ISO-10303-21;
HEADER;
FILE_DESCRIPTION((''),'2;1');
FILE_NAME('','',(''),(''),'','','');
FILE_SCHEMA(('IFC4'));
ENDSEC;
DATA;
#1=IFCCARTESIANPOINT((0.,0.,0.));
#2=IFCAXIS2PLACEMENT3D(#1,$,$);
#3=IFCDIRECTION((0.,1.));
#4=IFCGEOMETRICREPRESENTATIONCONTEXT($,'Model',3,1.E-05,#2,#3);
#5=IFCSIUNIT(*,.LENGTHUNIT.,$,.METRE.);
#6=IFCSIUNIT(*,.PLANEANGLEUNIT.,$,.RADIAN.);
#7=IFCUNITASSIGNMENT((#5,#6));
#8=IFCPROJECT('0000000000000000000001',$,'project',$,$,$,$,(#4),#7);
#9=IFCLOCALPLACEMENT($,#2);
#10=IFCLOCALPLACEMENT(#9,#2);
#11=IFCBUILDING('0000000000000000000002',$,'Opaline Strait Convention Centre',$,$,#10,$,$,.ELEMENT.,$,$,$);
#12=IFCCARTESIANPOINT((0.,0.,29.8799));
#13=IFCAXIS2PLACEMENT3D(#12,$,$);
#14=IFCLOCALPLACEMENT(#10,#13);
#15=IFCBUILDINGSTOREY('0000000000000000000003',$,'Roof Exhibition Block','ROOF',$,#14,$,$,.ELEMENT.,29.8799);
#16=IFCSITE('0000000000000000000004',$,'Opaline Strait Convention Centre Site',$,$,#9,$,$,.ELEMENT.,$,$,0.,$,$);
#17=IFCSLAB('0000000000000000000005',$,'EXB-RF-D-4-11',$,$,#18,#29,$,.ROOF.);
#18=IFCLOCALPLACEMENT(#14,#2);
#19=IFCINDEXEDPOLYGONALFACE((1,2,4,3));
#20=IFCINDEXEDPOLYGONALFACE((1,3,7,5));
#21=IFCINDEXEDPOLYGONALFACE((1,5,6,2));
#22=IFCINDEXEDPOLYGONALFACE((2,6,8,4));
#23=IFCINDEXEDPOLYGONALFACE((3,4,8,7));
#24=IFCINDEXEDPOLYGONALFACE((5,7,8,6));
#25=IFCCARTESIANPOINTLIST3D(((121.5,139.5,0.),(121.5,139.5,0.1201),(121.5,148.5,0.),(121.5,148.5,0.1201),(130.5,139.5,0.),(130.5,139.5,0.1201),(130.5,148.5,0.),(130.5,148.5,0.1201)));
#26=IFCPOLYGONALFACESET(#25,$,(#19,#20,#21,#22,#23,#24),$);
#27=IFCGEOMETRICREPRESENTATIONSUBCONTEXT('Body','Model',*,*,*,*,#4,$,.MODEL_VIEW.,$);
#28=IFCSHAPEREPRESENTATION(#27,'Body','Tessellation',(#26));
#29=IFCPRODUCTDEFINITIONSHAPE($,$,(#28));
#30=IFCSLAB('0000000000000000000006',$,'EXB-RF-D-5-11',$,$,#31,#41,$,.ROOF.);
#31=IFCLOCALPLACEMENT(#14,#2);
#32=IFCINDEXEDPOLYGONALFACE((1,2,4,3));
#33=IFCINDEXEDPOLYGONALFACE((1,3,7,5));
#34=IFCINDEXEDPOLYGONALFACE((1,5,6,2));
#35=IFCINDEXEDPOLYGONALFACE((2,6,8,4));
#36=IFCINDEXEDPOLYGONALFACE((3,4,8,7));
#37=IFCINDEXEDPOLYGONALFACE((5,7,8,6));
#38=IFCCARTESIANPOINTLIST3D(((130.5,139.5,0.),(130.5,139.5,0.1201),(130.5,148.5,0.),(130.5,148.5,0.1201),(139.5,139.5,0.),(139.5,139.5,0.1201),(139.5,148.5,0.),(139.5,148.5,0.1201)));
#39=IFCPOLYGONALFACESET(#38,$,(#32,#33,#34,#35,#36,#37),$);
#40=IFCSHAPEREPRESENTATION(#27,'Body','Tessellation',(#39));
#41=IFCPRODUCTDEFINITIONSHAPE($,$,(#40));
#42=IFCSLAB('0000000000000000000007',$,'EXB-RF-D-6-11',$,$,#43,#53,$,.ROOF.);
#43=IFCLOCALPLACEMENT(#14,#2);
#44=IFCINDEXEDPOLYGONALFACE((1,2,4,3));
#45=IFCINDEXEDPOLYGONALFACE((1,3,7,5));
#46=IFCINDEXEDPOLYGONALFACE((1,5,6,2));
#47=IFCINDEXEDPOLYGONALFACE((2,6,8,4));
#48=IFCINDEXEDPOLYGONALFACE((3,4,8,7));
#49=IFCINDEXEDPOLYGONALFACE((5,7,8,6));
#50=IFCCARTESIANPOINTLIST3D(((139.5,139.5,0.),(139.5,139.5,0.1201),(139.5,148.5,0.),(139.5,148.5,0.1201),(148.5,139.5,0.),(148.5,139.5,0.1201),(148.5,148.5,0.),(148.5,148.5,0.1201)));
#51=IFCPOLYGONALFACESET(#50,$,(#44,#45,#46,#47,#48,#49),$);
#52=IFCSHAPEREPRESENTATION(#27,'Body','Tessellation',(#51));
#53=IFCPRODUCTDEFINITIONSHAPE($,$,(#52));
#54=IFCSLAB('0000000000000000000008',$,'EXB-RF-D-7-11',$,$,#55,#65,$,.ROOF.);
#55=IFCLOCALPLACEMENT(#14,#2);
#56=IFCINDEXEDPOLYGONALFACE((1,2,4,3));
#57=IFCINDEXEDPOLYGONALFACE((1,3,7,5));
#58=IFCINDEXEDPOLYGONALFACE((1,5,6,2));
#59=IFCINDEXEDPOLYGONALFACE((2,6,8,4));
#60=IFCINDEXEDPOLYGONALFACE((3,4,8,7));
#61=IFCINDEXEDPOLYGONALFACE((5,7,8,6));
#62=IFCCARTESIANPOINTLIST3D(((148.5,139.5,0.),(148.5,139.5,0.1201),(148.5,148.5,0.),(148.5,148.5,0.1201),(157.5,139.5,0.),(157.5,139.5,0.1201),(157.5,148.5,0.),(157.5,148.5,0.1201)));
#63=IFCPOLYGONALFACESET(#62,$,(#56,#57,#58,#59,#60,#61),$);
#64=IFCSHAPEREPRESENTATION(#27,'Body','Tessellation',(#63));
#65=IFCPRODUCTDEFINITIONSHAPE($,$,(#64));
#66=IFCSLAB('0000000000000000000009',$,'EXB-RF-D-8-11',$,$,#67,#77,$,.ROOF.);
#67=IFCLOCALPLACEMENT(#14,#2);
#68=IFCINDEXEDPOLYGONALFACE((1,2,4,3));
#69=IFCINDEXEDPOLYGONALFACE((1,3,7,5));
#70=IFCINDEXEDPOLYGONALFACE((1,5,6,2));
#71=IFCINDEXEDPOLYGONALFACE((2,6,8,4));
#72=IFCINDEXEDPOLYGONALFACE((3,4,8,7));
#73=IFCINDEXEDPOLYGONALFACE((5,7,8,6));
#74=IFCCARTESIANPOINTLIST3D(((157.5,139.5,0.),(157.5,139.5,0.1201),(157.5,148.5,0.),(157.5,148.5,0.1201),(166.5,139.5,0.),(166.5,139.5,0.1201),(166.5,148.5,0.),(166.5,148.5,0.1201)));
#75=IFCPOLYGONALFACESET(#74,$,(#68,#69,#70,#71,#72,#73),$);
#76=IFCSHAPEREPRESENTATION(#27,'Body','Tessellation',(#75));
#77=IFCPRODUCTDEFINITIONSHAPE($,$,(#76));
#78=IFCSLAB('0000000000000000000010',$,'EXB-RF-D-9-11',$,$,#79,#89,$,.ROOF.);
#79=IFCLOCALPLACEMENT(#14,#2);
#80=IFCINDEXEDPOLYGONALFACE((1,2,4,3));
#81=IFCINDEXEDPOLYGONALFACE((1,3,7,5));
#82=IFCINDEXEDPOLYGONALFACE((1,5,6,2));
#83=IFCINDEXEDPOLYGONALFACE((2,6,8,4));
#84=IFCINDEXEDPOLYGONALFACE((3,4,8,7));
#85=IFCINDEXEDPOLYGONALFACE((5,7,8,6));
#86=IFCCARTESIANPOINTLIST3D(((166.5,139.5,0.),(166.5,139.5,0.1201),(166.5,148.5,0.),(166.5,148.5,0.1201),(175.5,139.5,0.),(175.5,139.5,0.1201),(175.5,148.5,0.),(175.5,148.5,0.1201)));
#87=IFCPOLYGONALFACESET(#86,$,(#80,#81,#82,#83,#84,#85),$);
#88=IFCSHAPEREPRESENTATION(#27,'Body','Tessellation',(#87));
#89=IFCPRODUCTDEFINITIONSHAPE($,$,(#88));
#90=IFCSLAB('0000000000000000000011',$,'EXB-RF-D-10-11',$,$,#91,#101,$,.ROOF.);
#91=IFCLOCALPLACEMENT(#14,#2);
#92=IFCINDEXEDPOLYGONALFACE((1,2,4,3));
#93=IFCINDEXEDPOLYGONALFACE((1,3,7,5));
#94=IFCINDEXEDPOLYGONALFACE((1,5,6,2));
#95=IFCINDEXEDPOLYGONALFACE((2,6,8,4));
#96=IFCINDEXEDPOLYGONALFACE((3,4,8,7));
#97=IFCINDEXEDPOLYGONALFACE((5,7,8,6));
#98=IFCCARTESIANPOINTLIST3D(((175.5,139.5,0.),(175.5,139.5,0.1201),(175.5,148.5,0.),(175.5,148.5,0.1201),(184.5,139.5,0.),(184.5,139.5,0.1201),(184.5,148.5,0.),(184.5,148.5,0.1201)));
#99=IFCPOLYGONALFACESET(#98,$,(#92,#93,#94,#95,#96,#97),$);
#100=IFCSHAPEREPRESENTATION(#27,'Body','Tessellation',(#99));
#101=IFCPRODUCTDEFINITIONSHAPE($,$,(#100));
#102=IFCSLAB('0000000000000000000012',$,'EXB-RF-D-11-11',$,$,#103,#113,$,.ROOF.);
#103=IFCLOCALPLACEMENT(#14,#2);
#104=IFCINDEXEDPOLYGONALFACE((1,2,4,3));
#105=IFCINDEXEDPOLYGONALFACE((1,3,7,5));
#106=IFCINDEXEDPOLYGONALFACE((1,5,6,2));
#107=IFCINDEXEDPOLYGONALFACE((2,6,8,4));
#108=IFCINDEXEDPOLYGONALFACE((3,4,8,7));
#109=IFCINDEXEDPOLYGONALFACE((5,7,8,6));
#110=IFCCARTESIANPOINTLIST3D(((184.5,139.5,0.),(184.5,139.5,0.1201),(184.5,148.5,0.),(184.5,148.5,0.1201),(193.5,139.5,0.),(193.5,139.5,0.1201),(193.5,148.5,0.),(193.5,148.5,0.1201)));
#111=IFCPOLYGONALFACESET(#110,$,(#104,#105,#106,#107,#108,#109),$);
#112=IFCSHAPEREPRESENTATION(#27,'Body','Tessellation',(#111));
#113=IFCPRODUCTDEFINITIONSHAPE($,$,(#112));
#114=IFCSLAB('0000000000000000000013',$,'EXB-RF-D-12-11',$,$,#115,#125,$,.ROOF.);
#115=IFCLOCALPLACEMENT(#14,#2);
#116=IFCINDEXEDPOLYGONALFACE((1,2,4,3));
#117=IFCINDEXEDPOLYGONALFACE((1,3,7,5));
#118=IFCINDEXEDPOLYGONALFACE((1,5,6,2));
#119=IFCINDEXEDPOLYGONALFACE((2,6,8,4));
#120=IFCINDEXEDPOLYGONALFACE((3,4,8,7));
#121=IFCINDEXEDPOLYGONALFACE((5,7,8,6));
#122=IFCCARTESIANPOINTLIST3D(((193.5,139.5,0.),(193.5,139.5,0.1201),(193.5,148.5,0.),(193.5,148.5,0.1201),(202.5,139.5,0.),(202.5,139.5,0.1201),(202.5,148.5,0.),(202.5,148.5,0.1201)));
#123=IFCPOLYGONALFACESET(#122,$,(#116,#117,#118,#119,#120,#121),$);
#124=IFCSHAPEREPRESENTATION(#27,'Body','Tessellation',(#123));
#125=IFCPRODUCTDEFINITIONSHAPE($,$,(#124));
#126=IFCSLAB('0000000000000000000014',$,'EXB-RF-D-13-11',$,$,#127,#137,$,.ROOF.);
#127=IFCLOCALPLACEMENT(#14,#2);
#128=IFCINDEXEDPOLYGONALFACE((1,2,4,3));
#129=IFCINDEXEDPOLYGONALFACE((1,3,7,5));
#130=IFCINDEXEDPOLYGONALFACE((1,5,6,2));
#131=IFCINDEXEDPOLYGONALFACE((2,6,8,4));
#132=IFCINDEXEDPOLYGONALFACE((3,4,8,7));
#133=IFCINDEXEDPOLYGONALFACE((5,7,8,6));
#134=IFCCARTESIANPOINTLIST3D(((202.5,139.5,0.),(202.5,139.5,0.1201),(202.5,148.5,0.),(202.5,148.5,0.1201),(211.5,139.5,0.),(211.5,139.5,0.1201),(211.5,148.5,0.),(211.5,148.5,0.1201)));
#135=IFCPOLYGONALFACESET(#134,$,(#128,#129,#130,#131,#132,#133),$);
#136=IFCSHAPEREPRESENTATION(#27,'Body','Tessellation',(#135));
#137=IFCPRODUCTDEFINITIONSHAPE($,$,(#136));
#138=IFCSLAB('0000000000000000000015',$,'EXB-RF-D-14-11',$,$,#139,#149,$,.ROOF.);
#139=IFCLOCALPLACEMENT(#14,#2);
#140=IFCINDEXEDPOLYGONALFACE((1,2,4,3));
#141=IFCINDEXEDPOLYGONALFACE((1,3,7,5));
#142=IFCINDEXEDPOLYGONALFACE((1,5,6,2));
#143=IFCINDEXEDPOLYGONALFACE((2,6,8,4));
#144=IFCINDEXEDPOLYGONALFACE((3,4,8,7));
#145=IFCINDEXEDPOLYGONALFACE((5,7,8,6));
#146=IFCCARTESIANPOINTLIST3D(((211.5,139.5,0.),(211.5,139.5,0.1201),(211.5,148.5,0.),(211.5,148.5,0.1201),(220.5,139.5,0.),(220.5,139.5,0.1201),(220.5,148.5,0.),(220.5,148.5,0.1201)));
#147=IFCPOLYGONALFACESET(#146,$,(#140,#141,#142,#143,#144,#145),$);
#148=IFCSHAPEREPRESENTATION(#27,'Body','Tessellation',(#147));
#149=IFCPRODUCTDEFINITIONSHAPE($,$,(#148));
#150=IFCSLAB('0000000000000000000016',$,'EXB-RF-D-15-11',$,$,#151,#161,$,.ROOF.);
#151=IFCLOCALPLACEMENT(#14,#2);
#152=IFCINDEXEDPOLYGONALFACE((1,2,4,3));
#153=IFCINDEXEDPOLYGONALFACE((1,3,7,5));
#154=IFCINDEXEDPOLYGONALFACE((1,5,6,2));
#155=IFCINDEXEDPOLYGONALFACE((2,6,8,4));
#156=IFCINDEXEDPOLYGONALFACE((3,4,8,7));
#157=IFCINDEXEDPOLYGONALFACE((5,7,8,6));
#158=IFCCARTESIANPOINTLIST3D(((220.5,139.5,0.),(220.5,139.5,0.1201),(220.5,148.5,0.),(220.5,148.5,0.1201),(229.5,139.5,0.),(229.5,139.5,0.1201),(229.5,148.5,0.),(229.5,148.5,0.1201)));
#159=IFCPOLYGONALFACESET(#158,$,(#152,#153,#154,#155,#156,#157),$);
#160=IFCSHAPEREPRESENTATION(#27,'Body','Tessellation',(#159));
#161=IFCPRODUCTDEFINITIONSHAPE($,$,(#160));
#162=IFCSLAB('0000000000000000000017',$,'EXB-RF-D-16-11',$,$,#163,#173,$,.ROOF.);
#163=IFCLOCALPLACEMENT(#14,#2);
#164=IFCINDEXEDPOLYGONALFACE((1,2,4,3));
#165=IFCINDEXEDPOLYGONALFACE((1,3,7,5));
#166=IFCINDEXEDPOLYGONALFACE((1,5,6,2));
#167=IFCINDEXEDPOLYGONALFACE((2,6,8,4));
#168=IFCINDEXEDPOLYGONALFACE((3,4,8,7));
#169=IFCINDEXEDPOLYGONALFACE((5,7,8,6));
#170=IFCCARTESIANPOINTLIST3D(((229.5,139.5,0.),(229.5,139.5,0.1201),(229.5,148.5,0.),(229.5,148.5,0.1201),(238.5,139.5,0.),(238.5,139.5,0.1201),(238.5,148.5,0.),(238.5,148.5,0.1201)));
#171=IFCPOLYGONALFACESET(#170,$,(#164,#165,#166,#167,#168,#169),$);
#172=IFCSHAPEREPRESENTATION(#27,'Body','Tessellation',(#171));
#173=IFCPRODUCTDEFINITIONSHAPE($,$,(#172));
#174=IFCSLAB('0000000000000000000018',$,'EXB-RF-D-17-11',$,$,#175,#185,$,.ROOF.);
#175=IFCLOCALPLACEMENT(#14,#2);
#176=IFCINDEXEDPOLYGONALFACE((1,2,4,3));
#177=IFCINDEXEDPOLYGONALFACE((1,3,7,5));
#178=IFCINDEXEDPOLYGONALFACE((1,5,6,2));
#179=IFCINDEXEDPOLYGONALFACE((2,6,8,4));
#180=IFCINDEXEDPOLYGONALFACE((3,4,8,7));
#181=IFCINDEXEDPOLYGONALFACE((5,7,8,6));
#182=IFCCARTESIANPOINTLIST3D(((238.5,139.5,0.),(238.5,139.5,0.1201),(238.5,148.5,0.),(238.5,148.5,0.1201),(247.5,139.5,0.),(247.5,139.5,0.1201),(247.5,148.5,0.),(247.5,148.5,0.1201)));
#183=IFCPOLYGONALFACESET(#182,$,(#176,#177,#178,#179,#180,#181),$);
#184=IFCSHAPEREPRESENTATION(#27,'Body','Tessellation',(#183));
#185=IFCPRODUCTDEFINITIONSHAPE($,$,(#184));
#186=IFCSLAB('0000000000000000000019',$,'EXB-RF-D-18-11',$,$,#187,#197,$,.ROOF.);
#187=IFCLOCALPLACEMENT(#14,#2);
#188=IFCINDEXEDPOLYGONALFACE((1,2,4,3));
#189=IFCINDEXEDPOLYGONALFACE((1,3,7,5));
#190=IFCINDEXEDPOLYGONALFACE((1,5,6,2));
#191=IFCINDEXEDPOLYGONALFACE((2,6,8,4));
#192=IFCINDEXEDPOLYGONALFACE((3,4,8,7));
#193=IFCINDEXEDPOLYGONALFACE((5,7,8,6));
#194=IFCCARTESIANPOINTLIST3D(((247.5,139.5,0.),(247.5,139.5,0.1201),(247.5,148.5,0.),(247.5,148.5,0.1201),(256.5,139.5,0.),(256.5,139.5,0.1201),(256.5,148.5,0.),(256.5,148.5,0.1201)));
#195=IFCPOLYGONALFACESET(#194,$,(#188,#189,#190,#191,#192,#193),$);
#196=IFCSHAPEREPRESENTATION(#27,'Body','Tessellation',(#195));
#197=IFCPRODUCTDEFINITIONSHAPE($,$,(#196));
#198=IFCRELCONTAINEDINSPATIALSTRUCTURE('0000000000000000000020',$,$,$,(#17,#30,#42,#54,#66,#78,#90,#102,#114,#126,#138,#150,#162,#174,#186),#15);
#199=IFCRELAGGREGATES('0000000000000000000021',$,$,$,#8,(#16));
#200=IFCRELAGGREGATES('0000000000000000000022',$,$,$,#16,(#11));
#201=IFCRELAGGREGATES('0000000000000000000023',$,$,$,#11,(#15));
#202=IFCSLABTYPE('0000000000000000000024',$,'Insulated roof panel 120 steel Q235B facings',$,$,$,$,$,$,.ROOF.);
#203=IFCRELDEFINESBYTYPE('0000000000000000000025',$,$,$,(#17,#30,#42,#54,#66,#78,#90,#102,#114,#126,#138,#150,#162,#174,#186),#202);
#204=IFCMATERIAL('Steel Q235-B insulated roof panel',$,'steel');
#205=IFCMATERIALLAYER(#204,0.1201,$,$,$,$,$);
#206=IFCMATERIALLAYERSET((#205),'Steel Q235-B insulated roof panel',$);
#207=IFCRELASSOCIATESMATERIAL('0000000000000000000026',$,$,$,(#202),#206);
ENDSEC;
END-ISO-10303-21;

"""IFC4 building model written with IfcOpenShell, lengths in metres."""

from ifc_helpers import new_model, si_unit, direction, frame, origin, place, context, subcontext, project, spatial, polyline, outline, extrude, material, layer, layer_set, type_object, element, save


model = new_model("IFC4")

# Units and contexts
model_context = context("Model", 3, precision=1e-05, world=origin(), true_north=direction((0.0, 1.0)))
body_context = subcontext(model_context, "Body", "Model", "MODEL_VIEW")
ifc_project = project(units=[si_unit("LENGTHUNIT", "METRE"), si_unit("PLANEANGLEUNIT", "RADIAN")], contexts=[model_context])

# Site, building, storey
site_placement = place(None, origin())
site = spatial("IfcSite", under=ifc_project, at=site_placement, Name="Opaline Strait Convention Centre Site", CompositionType="ELEMENT", RefElevation=0.0)
building_placement = place(site_placement, origin())
building = spatial("IfcBuilding", under=site, at=building_placement, Name="Opaline Strait Convention Centre", CompositionType="ELEMENT")
storey_placement = place(building_placement, frame((0.0, 0.0, 29.8799)))
storey = spatial("IfcBuildingStorey", under=building, at=storey_placement, Name="Roof Exhibition Block", Description="ROOF", CompositionType="ELEMENT", Elevation=29.8799)

# Slabs
ifc_material = material(Name="Steel Q235-B insulated roof panel", Category="steel")
ifc_layer = layer(ifc_material, 0.1201)
ifc_layer_set = layer_set([ifc_layer], Name="Steel Q235-B insulated roof panel")
slab_type = type_object("IfcSlabType", Name="Insulated roof panel 120 steel Q235B facings", PredefinedType="ROOF", material=ifc_layer_set)
slab_1_placement = place(storey_placement, origin())
element("IfcSlab", 1, at=slab_1_placement, inside=storey, type_object=slab_type, Name="EXB-RF-D-4-11", PredefinedType="ROOF", context=body_context, shape_type="SweptSolid", body=[
    extrude(outline(polyline([(121.5, 139.5), (130.5, 139.5), (130.5, 148.5), (121.5, 148.5), (121.5, 139.5)])), origin(), (0.0, 0.0, 1.0), 0.1201),
])
slab_2_placement = place(storey_placement, origin())
element("IfcSlab", 2, at=slab_2_placement, inside=storey, type_object=slab_type, Name="EXB-RF-D-5-11", PredefinedType="ROOF", context=body_context, shape_type="SweptSolid", body=[
    extrude(outline(polyline([(130.5, 139.5), (139.5, 139.5), (139.5, 148.5), (130.5, 148.5), (130.5, 139.5)])), origin(), (0.0, 0.0, 1.0), 0.1201),
])
slab_3_placement = place(storey_placement, origin())
element("IfcSlab", 3, at=slab_3_placement, inside=storey, type_object=slab_type, Name="EXB-RF-D-6-11", PredefinedType="ROOF", context=body_context, shape_type="SweptSolid", body=[
    extrude(outline(polyline([(139.5, 139.5), (148.5, 139.5), (148.5, 148.5), (139.5, 148.5), (139.5, 139.5)])), origin(), (0.0, 0.0, 1.0), 0.1201),
])
slab_4_placement = place(storey_placement, origin())
element("IfcSlab", 4, at=slab_4_placement, inside=storey, type_object=slab_type, Name="EXB-RF-D-7-11", PredefinedType="ROOF", context=body_context, shape_type="SweptSolid", body=[
    extrude(outline(polyline([(148.5, 139.5), (157.5, 139.5), (157.5, 148.5), (148.5, 148.5), (148.5, 139.5)])), origin(), (0.0, 0.0, 1.0), 0.1201),
])
slab_5_placement = place(storey_placement, origin())
element("IfcSlab", 5, at=slab_5_placement, inside=storey, type_object=slab_type, Name="EXB-RF-D-8-11", PredefinedType="ROOF", context=body_context, shape_type="SweptSolid", body=[
    extrude(outline(polyline([(157.5, 139.5), (166.5, 139.5), (166.5, 148.5), (157.5, 148.5), (157.5, 139.5)])), origin(), (0.0, 0.0, 1.0), 0.1201),
])
slab_6_placement = place(storey_placement, origin())
element("IfcSlab", 6, at=slab_6_placement, inside=storey, type_object=slab_type, Name="EXB-RF-D-9-11", PredefinedType="ROOF", context=body_context, shape_type="SweptSolid", body=[
    extrude(outline(polyline([(166.5, 139.5), (175.5, 139.5), (175.5, 148.5), (166.5, 148.5), (166.5, 139.5)])), origin(), (0.0, 0.0, 1.0), 0.1201),
])
slab_7_placement = place(storey_placement, origin())
element("IfcSlab", 7, at=slab_7_placement, inside=storey, type_object=slab_type, Name="EXB-RF-D-10-11", PredefinedType="ROOF", context=body_context, shape_type="SweptSolid", body=[
    extrude(outline(polyline([(175.5, 139.5), (184.5, 139.5), (184.5, 148.5), (175.5, 148.5), (175.5, 139.5)])), origin(), (0.0, 0.0, 1.0), 0.1201),
])
slab_8_placement = place(storey_placement, origin())
element("IfcSlab", 8, at=slab_8_placement, inside=storey, type_object=slab_type, Name="EXB-RF-D-11-11", PredefinedType="ROOF", context=body_context, shape_type="SweptSolid", body=[
    extrude(outline(polyline([(184.5, 139.5), (193.5, 139.5), (193.5, 148.5), (184.5, 148.5), (184.5, 139.5)])), origin(), (0.0, 0.0, 1.0), 0.1201),
])
slab_9_placement = place(storey_placement, origin())
element("IfcSlab", 9, at=slab_9_placement, inside=storey, type_object=slab_type, Name="EXB-RF-D-12-11", PredefinedType="ROOF", context=body_context, shape_type="SweptSolid", body=[
    extrude(outline(polyline([(193.5, 139.5), (202.5, 139.5), (202.5, 148.5), (193.5, 148.5), (193.5, 139.5)])), origin(), (0.0, 0.0, 1.0), 0.1201),
])
slab_10_placement = place(storey_placement, origin())
element("IfcSlab", 10, at=slab_10_placement, inside=storey, type_object=slab_type, Name="EXB-RF-D-13-11", PredefinedType="ROOF", context=body_context, shape_type="SweptSolid", body=[
    extrude(outline(polyline([(202.5, 139.5), (211.5, 139.5), (211.5, 148.5), (202.5, 148.5), (202.5, 139.5)])), origin(), (0.0, 0.0, 1.0), 0.1201),
])
slab_11_placement = place(storey_placement, origin())
element("IfcSlab", 11, at=slab_11_placement, inside=storey, type_object=slab_type, Name="EXB-RF-D-14-11", PredefinedType="ROOF", context=body_context, shape_type="SweptSolid", body=[
    extrude(outline(polyline([(211.5, 139.5), (220.5, 139.5), (220.5, 148.5), (211.5, 148.5), (211.5, 139.5)])), origin(), (0.0, 0.0, 1.0), 0.1201),
])
slab_12_placement = place(storey_placement, origin())
element("IfcSlab", 12, at=slab_12_placement, inside=storey, type_object=slab_type, Name="EXB-RF-D-15-11", PredefinedType="ROOF", context=body_context, shape_type="SweptSolid", body=[
    extrude(outline(polyline([(220.5, 139.5), (229.5, 139.5), (229.5, 148.5), (220.5, 148.5), (220.5, 139.5)])), origin(), (0.0, 0.0, 1.0), 0.1201),
])
slab_13_placement = place(storey_placement, origin())
element("IfcSlab", 13, at=slab_13_placement, inside=storey, type_object=slab_type, Name="EXB-RF-D-16-11", PredefinedType="ROOF", context=body_context, shape_type="SweptSolid", body=[
    extrude(outline(polyline([(229.5, 139.5), (238.5, 139.5), (238.5, 148.5), (229.5, 148.5), (229.5, 139.5)])), origin(), (0.0, 0.0, 1.0), 0.1201),
])
slab_14_placement = place(storey_placement, origin())
element("IfcSlab", 14, at=slab_14_placement, inside=storey, type_object=slab_type, Name="EXB-RF-D-17-11", PredefinedType="ROOF", context=body_context, shape_type="SweptSolid", body=[
    extrude(outline(polyline([(238.5, 139.5), (247.5, 139.5), (247.5, 148.5), (238.5, 148.5), (238.5, 139.5)])), origin(), (0.0, 0.0, 1.0), 0.1201),
])
slab_15_placement = place(storey_placement, origin())
element("IfcSlab", 15, at=slab_15_placement, inside=storey, type_object=slab_type, Name="EXB-RF-D-18-11", PredefinedType="ROOF", context=body_context, shape_type="SweptSolid", body=[
    extrude(outline(polyline([(247.5, 139.5), (256.5, 139.5), (256.5, 148.5), (247.5, 148.5), (247.5, 139.5)])), origin(), (0.0, 0.0, 1.0), 0.1201),
])

save(model, "model.ifc")
